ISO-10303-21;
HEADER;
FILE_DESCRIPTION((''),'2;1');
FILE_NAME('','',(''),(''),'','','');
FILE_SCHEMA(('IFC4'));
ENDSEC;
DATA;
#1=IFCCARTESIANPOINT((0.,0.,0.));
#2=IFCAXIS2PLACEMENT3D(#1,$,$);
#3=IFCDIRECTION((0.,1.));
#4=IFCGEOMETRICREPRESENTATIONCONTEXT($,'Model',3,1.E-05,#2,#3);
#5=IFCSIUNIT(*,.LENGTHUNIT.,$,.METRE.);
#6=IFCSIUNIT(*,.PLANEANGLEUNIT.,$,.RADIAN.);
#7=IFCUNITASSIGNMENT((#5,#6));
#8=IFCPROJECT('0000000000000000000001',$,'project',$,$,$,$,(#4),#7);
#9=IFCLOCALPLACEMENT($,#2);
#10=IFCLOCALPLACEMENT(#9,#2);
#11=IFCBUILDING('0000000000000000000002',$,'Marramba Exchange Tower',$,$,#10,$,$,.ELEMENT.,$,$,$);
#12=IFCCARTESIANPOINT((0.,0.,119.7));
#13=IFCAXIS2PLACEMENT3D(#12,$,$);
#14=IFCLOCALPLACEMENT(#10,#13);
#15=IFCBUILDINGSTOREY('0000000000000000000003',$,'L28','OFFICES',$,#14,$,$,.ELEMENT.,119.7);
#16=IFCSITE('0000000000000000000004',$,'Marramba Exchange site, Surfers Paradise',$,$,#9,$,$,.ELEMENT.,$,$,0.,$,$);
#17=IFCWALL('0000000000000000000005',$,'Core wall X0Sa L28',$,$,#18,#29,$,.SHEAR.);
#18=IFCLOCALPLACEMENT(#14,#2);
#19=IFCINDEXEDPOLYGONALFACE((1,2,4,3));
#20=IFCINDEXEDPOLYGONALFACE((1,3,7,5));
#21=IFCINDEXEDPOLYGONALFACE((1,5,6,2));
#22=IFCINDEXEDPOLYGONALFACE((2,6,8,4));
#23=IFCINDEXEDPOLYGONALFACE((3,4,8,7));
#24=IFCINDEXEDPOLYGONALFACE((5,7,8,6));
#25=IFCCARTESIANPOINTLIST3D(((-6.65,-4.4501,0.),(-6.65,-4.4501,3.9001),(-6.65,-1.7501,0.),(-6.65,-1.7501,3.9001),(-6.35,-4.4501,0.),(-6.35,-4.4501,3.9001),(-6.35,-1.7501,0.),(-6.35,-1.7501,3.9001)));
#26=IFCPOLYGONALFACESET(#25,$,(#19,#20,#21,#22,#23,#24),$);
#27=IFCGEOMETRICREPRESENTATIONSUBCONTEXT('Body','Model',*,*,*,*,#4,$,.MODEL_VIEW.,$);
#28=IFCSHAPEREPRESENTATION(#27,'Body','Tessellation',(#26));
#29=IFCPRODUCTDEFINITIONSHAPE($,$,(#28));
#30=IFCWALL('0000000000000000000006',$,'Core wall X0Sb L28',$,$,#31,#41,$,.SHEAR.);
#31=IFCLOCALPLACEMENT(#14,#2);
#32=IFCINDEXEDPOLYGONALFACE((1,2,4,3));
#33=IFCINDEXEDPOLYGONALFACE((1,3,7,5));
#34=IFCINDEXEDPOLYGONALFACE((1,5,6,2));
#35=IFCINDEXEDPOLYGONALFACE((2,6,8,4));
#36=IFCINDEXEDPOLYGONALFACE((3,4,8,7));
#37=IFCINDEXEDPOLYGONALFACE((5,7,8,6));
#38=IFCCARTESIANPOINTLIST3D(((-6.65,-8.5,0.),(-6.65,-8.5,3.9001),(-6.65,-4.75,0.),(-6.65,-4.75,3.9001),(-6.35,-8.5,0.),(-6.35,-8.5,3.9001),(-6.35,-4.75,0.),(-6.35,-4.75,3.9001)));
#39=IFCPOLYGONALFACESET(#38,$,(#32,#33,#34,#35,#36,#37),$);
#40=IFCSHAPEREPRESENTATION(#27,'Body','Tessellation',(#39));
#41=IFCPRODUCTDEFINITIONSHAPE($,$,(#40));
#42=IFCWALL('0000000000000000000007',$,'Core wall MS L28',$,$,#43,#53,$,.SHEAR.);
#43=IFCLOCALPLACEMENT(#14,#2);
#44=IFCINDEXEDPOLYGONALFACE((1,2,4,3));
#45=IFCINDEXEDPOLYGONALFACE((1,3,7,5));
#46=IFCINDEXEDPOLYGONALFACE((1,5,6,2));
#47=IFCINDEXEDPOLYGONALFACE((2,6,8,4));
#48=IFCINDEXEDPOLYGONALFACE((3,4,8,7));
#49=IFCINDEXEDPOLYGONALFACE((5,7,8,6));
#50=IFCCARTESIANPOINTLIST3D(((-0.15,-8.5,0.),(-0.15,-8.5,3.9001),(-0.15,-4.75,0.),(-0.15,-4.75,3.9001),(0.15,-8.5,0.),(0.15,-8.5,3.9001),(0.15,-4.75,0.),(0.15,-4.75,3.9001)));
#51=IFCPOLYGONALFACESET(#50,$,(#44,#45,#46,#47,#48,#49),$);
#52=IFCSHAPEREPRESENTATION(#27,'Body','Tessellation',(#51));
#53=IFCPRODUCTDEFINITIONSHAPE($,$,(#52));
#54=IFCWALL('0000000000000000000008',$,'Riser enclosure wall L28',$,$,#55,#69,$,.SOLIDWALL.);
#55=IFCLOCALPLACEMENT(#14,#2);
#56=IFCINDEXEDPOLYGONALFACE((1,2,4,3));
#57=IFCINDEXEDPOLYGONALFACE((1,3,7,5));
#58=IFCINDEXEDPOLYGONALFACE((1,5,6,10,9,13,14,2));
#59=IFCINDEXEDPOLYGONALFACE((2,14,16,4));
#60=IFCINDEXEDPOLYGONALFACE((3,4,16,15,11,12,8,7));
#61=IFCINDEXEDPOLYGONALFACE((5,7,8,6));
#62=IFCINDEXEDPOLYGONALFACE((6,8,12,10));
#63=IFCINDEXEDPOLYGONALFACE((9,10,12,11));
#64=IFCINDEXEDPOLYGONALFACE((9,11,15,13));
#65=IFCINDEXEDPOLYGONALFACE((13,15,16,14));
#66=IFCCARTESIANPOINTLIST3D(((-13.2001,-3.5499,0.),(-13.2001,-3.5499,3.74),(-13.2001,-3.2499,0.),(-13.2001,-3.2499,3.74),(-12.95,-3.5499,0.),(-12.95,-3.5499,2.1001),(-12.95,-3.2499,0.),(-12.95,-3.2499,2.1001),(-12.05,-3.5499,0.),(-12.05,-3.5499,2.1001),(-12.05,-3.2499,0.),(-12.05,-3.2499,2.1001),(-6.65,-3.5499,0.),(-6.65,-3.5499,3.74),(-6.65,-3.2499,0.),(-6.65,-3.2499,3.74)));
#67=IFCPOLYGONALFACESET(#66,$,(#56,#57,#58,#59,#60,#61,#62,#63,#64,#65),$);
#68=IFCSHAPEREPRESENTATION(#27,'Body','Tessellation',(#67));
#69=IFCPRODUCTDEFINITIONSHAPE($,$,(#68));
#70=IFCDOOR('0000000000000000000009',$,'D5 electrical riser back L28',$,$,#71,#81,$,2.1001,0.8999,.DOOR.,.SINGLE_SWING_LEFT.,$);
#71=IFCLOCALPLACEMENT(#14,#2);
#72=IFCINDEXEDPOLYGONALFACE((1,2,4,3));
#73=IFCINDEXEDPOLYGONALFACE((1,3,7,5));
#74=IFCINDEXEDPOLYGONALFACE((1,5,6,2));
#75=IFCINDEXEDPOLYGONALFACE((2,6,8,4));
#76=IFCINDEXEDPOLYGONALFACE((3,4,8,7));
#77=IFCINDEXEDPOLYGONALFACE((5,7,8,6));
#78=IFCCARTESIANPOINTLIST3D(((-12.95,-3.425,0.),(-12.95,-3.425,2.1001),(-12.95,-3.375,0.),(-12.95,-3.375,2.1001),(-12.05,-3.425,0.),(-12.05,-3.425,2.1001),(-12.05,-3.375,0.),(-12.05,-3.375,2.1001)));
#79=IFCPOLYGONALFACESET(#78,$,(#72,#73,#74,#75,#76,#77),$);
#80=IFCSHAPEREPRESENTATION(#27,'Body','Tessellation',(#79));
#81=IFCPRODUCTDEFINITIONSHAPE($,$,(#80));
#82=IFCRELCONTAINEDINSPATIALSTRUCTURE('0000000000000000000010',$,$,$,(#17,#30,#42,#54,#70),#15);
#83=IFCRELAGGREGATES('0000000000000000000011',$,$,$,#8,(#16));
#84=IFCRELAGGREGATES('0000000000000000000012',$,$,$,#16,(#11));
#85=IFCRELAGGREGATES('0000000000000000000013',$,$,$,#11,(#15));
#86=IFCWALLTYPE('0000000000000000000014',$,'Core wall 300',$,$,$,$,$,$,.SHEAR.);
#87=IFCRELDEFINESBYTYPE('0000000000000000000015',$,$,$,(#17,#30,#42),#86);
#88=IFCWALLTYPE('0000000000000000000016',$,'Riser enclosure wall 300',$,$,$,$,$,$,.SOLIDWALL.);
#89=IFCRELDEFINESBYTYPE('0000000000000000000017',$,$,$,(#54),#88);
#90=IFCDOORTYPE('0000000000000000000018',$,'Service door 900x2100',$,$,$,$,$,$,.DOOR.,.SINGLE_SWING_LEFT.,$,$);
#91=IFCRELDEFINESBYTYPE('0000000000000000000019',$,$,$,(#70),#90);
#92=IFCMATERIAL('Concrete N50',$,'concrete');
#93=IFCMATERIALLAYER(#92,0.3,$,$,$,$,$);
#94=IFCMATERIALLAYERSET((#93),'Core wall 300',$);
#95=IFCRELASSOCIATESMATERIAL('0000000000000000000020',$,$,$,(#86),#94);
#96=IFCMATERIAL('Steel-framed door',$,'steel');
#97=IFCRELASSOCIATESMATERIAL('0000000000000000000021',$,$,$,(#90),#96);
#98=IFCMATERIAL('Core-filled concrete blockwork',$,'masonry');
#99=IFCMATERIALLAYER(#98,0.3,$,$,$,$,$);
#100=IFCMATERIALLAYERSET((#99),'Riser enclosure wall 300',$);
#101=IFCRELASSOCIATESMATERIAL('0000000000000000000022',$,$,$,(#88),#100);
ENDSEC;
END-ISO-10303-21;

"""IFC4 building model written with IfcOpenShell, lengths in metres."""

from ifc_helpers import new_model, si_unit, direction, frame, frame_2d, origin, place, context, subcontext, project, spatial, rectangle, extrude, material, layer, layer_set, type_object, element, fill, save


model = new_model("IFC4")

# Units and contexts
model_context = context("Model", 3, precision=1e-05, world=origin(), true_north=direction((0.0, 1.0)))
body_context = subcontext(model_context, "Body", "Model", "MODEL_VIEW")
ifc_project = project(units=[si_unit("LENGTHUNIT", "METRE"), si_unit("PLANEANGLEUNIT", "RADIAN")], contexts=[model_context])

# Site, building, storey
site_placement = place(None, origin())
site = spatial("IfcSite", under=ifc_project, at=site_placement, Name="Marramba Exchange site, Surfers Paradise", CompositionType="ELEMENT", RefElevation=0.0)
building_placement = place(site_placement, origin())
building = spatial("IfcBuilding", under=site, at=building_placement, Name="Marramba Exchange Tower", CompositionType="ELEMENT")
storey_placement = place(building_placement, frame((0.0, 0.0, 119.7)))
storey = spatial("IfcBuildingStorey", under=building, at=storey_placement, Name="L28", Description="OFFICES", CompositionType="ELEMENT", Elevation=119.7)

# Shared definitions
ifc_material_1 = material(Name="Concrete N50", Category="concrete")

# Shared definitions
ifc_layer_1 = layer(ifc_material_1, 0.3)
ifc_layer_set_1 = layer_set([ifc_layer_1], Name="Core wall 300")
wall_type_1 = type_object("IfcWallType", Name="Core wall 300", PredefinedType="SHEAR", material=ifc_layer_set_1)
ifc_material_2 = material(Name="Steel-framed door", Category="steel")
door_type_1 = type_object("IfcDoorType", Name="Service door 900x2100", OperationType="SINGLE_SWING_LEFT", PredefinedType="DOOR", material=ifc_material_2)

# Walls
wall_1_placement = place(storey_placement, frame((-6.5, -1.75, 0.0), z_axis=(0.0, 0.0, 1.0), x_axis=(0.0, -1.0, 0.0)))
element("IfcWall", 1, at=wall_1_placement, inside=storey, type_object=wall_type_1, Name="Core wall X0Sa L28", PredefinedType="SHEAR", context=body_context, shape_type="SweptSolid", body=[
    extrude(rectangle(XDim=2.7, YDim=0.3, at=frame_2d((1.3501, 0.0))), origin(), (0.0, 0.0, 1.0), 3.9001),
])
for number, where, z_axis, x_axis, name in (
    (2, (-6.5, -4.75, 0.0), (0.0, 0.0, 1.0), (0.0, -1.0, 0.0), "Core wall X0Sb L28"),
    (3, (0.0, -4.75, 0.0), (0.0, 0.0, 1.0), (0.0, -1.0, 0.0), "Core wall MS L28"),
):
    element("IfcWall", number, at=place(storey_placement, frame(where, z_axis=z_axis, x_axis=x_axis)), inside=storey, type_object=wall_type_1, Name=name, PredefinedType="SHEAR", context=body_context, shape_type="SweptSolid", body=[
        extrude(rectangle(XDim=3.75, YDim=0.3, at=frame_2d((1.875, 0.0))), origin(), (0.0, 0.0, 1.0), 3.9001),
    ])

# Wall, opening, door
ifc_material_3 = material(Name="Core-filled concrete blockwork", Category="masonry")
ifc_layer_2 = layer(ifc_material_3, 0.3)
ifc_layer_set_2 = layer_set([ifc_layer_2], Name="Riser enclosure wall 300")
wall_type_2 = type_object("IfcWallType", Name="Riser enclosure wall 300", PredefinedType="SOLIDWALL", material=ifc_layer_set_2)
wall_2_placement = place(storey_placement, frame((-13.2, -3.3999, 0.0), z_axis=(0.0, 0.0, 1.0), x_axis=(1.0, 0.0, 0.0)))
wall_2 = element("IfcWall", 4, at=wall_2_placement, inside=storey, type_object=wall_type_2, Name="Riser enclosure wall L28", PredefinedType="SOLIDWALL", context=body_context, shape_type="SweptSolid", body=[
    extrude(rectangle(XDim=6.55, YDim=0.3, at=frame_2d((3.2749, 0.0))), origin(), (0.0, 0.0, 1.0), 3.74),
])
opening_1_placement = place(wall_2_placement, frame((0.25, 0.0, 0.0)))
opening_1 = element("IfcOpeningElement", 5, at=opening_1_placement, cuts=wall_2, PredefinedType="OPENING", context=body_context, shape_type="SweptSolid", body=[
    extrude(rectangle(XDim=0.8999, YDim=2.1001, at=frame_2d((0.45, 1.05))), frame((0.0, 0.1599, 0.0), z_axis=(0.0, -1.0, 0.0), x_axis=(1.0, 0.0, 0.0)), (0.0, 0.0, 1.0), 0.3201),
])
door_1_placement = place(opening_1_placement, origin())
door_1 = element("IfcDoor", 6, at=door_1_placement, inside=storey, type_object=door_type_1, Name="D5 electrical riser back L28", OperationType="SINGLE_SWING_LEFT", OverallHeight=2.1001, OverallWidth=0.8999, PredefinedType="DOOR", context=body_context, shape_type="SweptSolid", body=[
    extrude(rectangle(XDim=0.8999, YDim=2.1001, at=frame_2d((0.45, 1.05))), frame((0.0, 0.0249, 0.0), z_axis=(0.0, -1.0, 0.0), x_axis=(1.0, 0.0, 0.0)), (0.0, 0.0, 1.0), 0.05),
])
fill(opening_1, door_1)

save(model, "model.ifc")
